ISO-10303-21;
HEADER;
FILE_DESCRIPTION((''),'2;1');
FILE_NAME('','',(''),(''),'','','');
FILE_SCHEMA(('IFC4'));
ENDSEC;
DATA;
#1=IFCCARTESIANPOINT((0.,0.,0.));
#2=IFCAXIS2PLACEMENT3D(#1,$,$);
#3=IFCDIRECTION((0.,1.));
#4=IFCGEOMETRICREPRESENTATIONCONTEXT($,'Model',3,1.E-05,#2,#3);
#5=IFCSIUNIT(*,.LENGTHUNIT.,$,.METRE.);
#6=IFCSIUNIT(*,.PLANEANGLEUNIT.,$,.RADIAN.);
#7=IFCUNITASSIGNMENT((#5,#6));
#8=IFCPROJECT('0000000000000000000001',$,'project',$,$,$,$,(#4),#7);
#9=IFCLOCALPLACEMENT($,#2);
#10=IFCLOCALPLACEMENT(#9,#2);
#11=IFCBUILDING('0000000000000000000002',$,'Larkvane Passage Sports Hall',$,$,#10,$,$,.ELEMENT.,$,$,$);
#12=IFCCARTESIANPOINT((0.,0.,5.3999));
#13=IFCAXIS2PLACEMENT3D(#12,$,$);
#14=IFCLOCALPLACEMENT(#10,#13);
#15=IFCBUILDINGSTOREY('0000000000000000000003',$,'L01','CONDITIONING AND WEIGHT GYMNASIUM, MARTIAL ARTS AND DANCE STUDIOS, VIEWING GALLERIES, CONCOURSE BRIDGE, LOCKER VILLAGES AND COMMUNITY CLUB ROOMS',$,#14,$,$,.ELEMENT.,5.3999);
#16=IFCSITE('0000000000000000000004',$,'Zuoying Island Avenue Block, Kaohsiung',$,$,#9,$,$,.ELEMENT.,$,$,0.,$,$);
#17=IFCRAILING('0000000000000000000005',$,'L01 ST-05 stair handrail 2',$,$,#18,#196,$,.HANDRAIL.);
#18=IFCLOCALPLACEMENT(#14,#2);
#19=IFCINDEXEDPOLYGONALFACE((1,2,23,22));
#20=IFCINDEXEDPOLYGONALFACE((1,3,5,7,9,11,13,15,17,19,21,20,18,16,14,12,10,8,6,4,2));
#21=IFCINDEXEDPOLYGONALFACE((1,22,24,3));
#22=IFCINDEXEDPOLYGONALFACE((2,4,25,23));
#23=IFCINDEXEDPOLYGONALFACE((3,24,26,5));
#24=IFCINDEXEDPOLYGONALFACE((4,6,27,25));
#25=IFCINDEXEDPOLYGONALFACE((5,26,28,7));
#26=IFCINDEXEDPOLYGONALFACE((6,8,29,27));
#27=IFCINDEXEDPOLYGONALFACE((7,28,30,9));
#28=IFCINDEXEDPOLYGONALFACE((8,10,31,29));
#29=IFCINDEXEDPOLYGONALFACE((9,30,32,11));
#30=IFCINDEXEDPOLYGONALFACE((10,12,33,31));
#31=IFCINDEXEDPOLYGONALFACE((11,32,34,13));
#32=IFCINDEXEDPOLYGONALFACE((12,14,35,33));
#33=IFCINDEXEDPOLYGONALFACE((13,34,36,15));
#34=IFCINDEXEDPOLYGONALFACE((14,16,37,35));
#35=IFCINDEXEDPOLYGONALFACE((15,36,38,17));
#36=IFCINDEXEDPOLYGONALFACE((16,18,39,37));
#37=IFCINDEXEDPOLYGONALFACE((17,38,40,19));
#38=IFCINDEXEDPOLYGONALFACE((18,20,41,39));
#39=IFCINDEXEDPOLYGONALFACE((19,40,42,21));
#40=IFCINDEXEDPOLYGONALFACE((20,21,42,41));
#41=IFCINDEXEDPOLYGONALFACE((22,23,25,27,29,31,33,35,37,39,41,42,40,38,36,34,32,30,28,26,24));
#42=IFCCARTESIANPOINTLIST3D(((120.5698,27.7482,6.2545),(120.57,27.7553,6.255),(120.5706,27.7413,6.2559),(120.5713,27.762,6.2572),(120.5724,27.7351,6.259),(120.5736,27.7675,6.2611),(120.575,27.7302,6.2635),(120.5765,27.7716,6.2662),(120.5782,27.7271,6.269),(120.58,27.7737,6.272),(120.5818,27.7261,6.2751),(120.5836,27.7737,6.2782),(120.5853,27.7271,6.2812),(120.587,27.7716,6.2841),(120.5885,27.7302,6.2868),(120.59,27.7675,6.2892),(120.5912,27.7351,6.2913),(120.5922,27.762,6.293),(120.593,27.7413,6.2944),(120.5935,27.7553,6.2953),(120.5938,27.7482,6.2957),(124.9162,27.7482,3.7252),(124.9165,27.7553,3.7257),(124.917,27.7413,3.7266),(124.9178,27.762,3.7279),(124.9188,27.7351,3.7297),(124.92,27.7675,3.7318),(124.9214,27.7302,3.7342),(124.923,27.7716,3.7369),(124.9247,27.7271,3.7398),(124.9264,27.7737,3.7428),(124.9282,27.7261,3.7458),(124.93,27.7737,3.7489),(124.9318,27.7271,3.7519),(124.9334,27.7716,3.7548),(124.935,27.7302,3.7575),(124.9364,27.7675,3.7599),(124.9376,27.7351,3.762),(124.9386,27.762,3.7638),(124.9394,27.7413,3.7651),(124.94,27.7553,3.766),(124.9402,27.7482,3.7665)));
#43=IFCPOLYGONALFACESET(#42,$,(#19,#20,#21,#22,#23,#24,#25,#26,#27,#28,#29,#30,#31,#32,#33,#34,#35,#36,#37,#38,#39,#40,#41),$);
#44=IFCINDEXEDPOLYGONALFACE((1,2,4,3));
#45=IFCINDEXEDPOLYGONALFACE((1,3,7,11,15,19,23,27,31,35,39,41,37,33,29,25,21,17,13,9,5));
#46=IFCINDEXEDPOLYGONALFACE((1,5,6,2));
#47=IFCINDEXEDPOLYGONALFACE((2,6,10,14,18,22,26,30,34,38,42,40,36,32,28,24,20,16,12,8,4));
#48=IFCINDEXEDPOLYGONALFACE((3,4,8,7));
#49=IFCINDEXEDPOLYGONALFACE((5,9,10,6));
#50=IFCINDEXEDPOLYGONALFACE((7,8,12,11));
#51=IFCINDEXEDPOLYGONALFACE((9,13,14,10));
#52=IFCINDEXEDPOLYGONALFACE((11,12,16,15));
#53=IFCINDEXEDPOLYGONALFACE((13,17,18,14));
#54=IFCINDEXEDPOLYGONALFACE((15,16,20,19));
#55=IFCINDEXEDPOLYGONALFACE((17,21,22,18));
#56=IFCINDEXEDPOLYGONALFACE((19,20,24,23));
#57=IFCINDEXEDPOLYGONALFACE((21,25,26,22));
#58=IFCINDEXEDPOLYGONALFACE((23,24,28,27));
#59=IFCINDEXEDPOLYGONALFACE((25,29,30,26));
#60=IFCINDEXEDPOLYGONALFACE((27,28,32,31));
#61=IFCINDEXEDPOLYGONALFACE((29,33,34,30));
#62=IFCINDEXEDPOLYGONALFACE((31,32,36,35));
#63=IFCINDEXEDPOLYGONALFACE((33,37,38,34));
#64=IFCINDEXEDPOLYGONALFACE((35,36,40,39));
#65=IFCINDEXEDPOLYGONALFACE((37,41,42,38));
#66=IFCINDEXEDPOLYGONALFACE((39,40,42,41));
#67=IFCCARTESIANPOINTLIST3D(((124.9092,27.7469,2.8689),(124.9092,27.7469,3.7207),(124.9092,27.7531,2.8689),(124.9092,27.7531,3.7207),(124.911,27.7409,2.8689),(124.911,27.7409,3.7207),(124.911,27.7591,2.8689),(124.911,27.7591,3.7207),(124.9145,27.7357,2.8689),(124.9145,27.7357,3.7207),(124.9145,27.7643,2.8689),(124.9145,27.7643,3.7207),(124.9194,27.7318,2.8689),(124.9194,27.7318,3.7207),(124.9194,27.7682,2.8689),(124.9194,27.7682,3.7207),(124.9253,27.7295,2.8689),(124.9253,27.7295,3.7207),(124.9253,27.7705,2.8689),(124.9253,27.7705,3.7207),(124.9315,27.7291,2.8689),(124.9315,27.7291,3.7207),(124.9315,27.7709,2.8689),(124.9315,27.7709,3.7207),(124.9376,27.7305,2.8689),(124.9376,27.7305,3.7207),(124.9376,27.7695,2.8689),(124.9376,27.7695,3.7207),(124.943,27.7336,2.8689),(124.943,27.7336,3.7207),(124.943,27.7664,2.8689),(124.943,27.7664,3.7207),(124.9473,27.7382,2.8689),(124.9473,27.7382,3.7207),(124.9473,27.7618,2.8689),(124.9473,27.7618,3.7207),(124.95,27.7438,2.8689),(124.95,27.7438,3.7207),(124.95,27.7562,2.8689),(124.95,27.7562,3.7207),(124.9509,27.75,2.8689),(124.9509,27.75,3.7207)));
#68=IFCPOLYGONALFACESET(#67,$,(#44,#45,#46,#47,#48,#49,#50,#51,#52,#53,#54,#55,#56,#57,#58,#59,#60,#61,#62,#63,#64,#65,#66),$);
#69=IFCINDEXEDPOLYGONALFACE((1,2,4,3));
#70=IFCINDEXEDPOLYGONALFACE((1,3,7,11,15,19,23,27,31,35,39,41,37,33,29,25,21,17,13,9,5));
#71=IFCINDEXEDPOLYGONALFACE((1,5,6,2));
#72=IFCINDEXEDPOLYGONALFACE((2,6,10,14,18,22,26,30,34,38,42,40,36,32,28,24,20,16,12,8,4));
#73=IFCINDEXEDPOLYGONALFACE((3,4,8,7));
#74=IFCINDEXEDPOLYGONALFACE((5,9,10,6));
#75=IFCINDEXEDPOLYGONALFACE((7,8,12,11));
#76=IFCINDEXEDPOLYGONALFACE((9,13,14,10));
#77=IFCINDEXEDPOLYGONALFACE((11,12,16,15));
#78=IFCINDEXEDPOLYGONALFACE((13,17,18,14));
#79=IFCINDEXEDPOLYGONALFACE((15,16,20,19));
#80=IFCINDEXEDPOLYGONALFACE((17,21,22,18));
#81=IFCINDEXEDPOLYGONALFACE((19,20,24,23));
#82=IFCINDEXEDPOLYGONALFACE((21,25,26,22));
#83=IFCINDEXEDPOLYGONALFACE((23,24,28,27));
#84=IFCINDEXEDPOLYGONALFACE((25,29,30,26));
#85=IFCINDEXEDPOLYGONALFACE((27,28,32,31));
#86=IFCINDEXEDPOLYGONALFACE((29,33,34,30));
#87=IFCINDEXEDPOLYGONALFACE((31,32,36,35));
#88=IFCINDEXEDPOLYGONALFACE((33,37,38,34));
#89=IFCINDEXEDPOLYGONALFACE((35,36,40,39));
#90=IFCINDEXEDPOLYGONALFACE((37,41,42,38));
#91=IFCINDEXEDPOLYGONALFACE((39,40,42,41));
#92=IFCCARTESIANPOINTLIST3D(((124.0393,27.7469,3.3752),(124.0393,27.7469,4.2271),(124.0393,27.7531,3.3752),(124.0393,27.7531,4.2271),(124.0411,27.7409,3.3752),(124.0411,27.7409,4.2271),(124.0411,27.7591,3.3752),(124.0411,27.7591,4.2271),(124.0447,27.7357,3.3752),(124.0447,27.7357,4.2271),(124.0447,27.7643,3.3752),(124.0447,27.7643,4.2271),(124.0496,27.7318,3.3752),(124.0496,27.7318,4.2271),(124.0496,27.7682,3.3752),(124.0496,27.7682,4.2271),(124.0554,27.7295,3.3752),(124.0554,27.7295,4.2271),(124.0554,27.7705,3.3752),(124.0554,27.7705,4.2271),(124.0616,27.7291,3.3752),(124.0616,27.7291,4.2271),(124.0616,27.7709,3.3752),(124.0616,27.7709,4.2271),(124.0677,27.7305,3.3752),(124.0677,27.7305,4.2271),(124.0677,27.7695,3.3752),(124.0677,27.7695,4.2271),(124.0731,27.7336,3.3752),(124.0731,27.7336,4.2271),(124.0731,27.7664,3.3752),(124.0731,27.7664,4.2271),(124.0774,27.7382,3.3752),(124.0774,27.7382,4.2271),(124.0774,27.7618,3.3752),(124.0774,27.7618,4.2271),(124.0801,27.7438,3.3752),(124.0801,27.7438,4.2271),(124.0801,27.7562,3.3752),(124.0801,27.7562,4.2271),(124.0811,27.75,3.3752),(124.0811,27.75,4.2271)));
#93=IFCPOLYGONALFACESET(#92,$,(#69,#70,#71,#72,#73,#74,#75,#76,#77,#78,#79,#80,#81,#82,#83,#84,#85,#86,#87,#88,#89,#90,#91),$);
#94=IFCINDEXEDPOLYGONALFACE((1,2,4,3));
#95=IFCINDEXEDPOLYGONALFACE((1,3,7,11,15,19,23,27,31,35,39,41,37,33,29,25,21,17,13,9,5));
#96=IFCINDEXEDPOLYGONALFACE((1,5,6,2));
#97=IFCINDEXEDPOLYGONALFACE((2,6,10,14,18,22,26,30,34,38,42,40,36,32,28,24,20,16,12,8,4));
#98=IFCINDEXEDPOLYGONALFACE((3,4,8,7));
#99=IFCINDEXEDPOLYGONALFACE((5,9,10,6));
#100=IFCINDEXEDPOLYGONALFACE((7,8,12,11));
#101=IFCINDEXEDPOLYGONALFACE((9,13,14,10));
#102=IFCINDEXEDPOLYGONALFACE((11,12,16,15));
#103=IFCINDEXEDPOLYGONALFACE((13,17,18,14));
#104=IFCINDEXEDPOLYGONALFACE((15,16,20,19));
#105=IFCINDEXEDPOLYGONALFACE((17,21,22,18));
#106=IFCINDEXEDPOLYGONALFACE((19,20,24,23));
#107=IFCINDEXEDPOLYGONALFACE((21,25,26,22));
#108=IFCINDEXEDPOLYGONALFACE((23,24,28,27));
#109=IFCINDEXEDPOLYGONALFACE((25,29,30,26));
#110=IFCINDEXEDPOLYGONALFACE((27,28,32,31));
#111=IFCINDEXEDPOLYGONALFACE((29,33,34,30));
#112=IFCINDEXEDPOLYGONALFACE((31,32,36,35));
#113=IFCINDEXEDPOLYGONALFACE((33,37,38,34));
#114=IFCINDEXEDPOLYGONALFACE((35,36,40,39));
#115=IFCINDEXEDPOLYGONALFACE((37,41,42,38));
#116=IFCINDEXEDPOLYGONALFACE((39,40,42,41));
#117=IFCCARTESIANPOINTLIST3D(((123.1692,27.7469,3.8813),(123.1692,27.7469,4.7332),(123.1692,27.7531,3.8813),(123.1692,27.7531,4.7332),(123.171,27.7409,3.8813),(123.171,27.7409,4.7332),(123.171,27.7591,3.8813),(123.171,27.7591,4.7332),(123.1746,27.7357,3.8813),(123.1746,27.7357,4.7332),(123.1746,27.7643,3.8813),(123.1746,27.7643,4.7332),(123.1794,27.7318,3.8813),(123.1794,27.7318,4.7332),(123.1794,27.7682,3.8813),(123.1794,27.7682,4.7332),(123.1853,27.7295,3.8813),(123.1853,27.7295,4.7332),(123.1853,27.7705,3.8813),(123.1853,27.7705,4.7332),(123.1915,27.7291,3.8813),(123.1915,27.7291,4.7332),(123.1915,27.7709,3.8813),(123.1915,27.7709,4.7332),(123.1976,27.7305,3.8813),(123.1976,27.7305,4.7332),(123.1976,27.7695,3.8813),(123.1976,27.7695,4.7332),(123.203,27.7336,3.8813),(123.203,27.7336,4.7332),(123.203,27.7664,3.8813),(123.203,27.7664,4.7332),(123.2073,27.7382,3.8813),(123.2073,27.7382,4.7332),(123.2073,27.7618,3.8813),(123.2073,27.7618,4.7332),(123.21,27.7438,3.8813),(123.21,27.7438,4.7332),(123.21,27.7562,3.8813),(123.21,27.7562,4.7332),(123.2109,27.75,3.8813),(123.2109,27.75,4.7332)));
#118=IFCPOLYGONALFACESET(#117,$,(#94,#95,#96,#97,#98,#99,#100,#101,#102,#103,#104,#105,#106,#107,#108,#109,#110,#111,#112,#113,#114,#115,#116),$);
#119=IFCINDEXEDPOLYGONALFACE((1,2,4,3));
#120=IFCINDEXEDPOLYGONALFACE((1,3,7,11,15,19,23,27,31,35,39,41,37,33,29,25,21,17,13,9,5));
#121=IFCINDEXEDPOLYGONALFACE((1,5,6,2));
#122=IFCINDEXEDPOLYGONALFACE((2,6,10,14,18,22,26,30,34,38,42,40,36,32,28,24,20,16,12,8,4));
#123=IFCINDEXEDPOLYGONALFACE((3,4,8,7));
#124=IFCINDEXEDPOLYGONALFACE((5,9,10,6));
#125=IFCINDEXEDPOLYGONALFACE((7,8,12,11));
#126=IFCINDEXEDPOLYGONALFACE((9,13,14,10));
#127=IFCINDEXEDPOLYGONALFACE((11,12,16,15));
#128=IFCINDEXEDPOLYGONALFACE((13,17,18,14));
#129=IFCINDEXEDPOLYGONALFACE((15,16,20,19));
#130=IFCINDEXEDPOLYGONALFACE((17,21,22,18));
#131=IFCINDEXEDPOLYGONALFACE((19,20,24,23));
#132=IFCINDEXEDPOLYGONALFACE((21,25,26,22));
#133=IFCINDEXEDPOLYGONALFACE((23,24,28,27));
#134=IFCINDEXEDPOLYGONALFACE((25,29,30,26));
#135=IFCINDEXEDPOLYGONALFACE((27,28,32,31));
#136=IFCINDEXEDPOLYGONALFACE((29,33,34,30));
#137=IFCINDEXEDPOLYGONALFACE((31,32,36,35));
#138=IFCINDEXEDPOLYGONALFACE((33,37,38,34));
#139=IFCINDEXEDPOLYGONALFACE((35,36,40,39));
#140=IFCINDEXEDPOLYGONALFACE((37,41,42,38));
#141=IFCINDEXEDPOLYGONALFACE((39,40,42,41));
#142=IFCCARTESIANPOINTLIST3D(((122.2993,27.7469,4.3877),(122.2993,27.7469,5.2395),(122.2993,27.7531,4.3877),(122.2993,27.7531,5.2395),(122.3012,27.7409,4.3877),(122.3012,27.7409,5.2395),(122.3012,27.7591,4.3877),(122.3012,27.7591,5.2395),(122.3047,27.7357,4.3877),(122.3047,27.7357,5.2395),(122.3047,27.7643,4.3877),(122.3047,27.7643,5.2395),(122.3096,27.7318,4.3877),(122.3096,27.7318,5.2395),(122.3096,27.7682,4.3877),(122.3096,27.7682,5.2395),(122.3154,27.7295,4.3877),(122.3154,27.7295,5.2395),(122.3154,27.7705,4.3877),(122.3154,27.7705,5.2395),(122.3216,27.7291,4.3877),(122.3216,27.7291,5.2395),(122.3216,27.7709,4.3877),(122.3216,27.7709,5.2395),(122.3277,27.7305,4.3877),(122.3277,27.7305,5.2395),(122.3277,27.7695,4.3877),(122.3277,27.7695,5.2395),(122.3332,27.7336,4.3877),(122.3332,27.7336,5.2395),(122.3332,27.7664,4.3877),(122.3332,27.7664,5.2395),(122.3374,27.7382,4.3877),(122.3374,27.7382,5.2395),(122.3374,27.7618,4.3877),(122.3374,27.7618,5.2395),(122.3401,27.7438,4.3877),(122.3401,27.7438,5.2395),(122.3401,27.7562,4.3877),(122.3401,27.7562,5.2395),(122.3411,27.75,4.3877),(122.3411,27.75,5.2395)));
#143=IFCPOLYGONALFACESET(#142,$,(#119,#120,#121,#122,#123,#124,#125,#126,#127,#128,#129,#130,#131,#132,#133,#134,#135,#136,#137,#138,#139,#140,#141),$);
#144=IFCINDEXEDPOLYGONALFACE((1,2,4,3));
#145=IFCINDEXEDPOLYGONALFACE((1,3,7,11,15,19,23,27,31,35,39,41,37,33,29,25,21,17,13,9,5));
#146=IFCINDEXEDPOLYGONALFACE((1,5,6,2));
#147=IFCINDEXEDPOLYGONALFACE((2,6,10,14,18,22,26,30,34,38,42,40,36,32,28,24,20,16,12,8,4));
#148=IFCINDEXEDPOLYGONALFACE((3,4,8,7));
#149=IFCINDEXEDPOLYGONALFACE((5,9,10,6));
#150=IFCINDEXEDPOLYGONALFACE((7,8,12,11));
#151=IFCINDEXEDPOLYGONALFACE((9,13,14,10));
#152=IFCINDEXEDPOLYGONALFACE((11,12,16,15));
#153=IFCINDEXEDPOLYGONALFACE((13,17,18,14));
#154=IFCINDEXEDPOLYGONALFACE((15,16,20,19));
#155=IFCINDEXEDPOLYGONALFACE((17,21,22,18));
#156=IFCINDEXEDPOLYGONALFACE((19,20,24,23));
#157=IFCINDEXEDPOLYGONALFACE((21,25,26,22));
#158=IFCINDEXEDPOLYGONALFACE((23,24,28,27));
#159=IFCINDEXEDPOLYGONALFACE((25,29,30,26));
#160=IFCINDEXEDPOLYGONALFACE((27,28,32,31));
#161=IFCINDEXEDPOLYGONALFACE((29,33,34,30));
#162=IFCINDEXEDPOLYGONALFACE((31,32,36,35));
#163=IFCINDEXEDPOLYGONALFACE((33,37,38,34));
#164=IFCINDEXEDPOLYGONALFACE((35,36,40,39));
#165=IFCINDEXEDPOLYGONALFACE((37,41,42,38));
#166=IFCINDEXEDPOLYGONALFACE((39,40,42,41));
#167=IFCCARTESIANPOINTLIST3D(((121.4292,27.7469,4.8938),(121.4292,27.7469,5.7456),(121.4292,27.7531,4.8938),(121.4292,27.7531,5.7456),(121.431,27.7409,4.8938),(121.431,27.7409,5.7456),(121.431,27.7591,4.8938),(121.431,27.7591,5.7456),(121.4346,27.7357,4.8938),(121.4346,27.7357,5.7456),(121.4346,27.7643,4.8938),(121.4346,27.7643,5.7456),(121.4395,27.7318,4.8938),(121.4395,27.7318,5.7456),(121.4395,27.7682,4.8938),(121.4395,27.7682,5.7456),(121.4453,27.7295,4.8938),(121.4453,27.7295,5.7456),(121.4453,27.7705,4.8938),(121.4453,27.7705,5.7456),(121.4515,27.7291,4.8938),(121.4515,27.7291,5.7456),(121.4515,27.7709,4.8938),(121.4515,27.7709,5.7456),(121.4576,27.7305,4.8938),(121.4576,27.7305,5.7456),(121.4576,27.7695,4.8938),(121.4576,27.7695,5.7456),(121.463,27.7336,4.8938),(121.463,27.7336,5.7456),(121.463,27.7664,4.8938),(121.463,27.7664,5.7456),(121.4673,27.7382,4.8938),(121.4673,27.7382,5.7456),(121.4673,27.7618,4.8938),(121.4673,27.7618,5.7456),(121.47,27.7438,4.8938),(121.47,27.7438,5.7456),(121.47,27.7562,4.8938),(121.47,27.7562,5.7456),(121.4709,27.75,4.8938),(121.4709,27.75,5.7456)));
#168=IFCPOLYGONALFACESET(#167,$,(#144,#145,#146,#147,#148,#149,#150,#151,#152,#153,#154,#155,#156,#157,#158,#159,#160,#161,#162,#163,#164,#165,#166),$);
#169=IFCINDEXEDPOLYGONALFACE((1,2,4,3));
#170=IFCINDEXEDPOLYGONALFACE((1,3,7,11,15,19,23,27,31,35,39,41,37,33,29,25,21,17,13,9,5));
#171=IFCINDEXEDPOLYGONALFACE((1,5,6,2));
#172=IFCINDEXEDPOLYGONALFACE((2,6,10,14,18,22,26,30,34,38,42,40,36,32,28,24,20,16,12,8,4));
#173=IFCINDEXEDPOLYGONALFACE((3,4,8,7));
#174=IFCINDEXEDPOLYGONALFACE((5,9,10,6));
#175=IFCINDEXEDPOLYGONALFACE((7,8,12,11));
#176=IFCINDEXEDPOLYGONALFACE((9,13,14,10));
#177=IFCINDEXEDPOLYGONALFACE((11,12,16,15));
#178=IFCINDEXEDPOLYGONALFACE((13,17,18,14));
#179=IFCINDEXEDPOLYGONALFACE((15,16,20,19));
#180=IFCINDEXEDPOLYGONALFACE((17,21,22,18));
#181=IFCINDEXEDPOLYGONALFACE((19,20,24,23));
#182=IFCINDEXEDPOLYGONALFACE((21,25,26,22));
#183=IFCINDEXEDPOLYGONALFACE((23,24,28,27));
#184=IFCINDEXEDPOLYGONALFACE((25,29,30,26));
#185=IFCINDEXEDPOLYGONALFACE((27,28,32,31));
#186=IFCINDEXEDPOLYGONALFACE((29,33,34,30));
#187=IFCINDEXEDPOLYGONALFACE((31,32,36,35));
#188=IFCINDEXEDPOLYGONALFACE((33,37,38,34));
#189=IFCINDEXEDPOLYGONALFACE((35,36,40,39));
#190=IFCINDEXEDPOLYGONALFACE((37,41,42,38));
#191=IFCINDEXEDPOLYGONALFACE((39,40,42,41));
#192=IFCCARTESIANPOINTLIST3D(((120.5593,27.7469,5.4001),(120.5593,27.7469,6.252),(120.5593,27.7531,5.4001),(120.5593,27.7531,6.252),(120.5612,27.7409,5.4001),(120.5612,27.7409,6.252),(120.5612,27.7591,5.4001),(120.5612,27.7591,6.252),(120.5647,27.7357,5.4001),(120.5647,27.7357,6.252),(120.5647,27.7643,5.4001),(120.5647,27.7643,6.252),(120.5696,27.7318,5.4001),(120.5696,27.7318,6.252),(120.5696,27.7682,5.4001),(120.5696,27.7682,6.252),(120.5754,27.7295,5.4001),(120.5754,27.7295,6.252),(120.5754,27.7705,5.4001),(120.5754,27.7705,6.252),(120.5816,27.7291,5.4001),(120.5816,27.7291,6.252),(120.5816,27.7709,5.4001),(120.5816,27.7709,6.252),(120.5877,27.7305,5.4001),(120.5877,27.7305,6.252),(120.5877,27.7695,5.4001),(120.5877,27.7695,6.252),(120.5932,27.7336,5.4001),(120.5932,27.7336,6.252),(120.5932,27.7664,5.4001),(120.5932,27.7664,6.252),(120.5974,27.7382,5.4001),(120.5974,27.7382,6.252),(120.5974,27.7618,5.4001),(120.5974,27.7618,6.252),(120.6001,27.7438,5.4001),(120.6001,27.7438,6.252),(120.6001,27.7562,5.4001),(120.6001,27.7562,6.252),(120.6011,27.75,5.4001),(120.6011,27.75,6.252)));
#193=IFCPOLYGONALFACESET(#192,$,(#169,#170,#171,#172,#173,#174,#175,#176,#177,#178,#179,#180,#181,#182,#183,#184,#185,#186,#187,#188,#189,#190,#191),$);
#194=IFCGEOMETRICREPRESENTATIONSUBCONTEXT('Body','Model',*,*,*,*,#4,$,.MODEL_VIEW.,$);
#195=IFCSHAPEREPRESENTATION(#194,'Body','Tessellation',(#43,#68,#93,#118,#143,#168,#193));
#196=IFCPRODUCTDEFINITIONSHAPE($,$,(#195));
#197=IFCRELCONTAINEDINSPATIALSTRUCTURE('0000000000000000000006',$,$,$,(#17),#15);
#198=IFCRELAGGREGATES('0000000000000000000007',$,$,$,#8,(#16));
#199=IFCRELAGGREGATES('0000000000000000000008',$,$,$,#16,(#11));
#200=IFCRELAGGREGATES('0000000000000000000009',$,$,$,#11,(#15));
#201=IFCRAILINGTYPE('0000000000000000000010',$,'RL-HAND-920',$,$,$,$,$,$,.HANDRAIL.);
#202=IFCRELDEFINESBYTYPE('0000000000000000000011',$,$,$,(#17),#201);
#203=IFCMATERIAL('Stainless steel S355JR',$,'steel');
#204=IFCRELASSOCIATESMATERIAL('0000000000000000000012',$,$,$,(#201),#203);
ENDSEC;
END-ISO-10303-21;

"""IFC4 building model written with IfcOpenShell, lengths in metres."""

from ifc_helpers import new_model, si_unit, direction, frame, origin, origin_2d, place, context, subcontext, project, spatial, circle, extrude, material, type_object, element, save


model = new_model("IFC4")

# Units and contexts
model_context = context("Model", 3, precision=1e-05, world=origin(), true_north=direction((0.0, 1.0)))
body_context = subcontext(model_context, "Body", "Model", "MODEL_VIEW")
ifc_project = project(units=[si_unit("LENGTHUNIT", "METRE"), si_unit("PLANEANGLEUNIT", "RADIAN")], contexts=[model_context])

# Site, building, storey
site_placement = place(None, origin())
site = spatial("IfcSite", under=ifc_project, at=site_placement, Name="Zuoying Island Avenue Block, Kaohsiung", CompositionType="ELEMENT", RefElevation=0.0)
building_placement = place(site_placement, origin())
building = spatial("IfcBuilding", under=site, at=building_placement, Name="Larkvane Passage Sports Hall", CompositionType="ELEMENT")
storey_placement = place(building_placement, frame((0.0, 0.0, 5.3999)))
storey = spatial("IfcBuildingStorey", under=building, at=storey_placement, Name="L01", Description="CONDITIONING AND WEIGHT GYMNASIUM, MARTIAL ARTS AND DANCE STUDIOS, VIEWING GALLERIES, CONCOURSE BRIDGE, LOCKER VILLAGES AND COMMUNITY CLUB ROOMS", CompositionType="ELEMENT", Elevation=5.3999)

# Railing
ifc_material_1 = material(Name="Stainless steel S355JR", Category="steel")
railing_type_1 = type_object("IfcRailingType", Name="RL-HAND-920", PredefinedType="HANDRAIL", material=ifc_material_1)
railing_1_placement = place(storey_placement, frame((124.9299, 27.75, 2.8689)))
element("IfcRailing", 1, at=railing_1_placement, inside=storey, type_object=railing_type_1, Name="L01 ST-05 stair handrail 2", PredefinedType="HANDRAIL", context=body_context, shape_type="SweptSolid", body=[
    extrude(circle(Radius=0.0239, at=origin_2d()), frame((-0.0017, 0.0, 0.877), z_axis=(-0.864312, 0.0, 0.502957), x_axis=(0.0, -1.0, 0.0)), (0.0, 0.0, 1.0), 5.0288),
    extrude(circle(Radius=0.021, at=origin_2d()), origin(), (0.0, 0.0, 1.0), 0.8518),
    extrude(circle(Radius=0.021, at=origin_2d()), frame((-0.8699, 0.0, 0.5063)), (0.0, 0.0, 1.0), 0.8518),
    extrude(circle(Radius=0.021, at=origin_2d()), frame((-1.74, 0.0, 1.0125)), (0.0, 0.0, 1.0), 0.8518),
    extrude(circle(Radius=0.021, at=origin_2d()), frame((-2.6099, 0.0, 1.5188)), (0.0, 0.0, 1.0), 0.8518),
    extrude(circle(Radius=0.021, at=origin_2d()), frame((-3.48, 0.0, 2.0249)), (0.0, 0.0, 1.0), 0.8518),
    extrude(circle(Radius=0.021, at=origin_2d()), frame((-4.3499, 0.0, 2.5312)), (0.0, 0.0, 1.0), 0.8518),
])

save(model, "model.ifc")
